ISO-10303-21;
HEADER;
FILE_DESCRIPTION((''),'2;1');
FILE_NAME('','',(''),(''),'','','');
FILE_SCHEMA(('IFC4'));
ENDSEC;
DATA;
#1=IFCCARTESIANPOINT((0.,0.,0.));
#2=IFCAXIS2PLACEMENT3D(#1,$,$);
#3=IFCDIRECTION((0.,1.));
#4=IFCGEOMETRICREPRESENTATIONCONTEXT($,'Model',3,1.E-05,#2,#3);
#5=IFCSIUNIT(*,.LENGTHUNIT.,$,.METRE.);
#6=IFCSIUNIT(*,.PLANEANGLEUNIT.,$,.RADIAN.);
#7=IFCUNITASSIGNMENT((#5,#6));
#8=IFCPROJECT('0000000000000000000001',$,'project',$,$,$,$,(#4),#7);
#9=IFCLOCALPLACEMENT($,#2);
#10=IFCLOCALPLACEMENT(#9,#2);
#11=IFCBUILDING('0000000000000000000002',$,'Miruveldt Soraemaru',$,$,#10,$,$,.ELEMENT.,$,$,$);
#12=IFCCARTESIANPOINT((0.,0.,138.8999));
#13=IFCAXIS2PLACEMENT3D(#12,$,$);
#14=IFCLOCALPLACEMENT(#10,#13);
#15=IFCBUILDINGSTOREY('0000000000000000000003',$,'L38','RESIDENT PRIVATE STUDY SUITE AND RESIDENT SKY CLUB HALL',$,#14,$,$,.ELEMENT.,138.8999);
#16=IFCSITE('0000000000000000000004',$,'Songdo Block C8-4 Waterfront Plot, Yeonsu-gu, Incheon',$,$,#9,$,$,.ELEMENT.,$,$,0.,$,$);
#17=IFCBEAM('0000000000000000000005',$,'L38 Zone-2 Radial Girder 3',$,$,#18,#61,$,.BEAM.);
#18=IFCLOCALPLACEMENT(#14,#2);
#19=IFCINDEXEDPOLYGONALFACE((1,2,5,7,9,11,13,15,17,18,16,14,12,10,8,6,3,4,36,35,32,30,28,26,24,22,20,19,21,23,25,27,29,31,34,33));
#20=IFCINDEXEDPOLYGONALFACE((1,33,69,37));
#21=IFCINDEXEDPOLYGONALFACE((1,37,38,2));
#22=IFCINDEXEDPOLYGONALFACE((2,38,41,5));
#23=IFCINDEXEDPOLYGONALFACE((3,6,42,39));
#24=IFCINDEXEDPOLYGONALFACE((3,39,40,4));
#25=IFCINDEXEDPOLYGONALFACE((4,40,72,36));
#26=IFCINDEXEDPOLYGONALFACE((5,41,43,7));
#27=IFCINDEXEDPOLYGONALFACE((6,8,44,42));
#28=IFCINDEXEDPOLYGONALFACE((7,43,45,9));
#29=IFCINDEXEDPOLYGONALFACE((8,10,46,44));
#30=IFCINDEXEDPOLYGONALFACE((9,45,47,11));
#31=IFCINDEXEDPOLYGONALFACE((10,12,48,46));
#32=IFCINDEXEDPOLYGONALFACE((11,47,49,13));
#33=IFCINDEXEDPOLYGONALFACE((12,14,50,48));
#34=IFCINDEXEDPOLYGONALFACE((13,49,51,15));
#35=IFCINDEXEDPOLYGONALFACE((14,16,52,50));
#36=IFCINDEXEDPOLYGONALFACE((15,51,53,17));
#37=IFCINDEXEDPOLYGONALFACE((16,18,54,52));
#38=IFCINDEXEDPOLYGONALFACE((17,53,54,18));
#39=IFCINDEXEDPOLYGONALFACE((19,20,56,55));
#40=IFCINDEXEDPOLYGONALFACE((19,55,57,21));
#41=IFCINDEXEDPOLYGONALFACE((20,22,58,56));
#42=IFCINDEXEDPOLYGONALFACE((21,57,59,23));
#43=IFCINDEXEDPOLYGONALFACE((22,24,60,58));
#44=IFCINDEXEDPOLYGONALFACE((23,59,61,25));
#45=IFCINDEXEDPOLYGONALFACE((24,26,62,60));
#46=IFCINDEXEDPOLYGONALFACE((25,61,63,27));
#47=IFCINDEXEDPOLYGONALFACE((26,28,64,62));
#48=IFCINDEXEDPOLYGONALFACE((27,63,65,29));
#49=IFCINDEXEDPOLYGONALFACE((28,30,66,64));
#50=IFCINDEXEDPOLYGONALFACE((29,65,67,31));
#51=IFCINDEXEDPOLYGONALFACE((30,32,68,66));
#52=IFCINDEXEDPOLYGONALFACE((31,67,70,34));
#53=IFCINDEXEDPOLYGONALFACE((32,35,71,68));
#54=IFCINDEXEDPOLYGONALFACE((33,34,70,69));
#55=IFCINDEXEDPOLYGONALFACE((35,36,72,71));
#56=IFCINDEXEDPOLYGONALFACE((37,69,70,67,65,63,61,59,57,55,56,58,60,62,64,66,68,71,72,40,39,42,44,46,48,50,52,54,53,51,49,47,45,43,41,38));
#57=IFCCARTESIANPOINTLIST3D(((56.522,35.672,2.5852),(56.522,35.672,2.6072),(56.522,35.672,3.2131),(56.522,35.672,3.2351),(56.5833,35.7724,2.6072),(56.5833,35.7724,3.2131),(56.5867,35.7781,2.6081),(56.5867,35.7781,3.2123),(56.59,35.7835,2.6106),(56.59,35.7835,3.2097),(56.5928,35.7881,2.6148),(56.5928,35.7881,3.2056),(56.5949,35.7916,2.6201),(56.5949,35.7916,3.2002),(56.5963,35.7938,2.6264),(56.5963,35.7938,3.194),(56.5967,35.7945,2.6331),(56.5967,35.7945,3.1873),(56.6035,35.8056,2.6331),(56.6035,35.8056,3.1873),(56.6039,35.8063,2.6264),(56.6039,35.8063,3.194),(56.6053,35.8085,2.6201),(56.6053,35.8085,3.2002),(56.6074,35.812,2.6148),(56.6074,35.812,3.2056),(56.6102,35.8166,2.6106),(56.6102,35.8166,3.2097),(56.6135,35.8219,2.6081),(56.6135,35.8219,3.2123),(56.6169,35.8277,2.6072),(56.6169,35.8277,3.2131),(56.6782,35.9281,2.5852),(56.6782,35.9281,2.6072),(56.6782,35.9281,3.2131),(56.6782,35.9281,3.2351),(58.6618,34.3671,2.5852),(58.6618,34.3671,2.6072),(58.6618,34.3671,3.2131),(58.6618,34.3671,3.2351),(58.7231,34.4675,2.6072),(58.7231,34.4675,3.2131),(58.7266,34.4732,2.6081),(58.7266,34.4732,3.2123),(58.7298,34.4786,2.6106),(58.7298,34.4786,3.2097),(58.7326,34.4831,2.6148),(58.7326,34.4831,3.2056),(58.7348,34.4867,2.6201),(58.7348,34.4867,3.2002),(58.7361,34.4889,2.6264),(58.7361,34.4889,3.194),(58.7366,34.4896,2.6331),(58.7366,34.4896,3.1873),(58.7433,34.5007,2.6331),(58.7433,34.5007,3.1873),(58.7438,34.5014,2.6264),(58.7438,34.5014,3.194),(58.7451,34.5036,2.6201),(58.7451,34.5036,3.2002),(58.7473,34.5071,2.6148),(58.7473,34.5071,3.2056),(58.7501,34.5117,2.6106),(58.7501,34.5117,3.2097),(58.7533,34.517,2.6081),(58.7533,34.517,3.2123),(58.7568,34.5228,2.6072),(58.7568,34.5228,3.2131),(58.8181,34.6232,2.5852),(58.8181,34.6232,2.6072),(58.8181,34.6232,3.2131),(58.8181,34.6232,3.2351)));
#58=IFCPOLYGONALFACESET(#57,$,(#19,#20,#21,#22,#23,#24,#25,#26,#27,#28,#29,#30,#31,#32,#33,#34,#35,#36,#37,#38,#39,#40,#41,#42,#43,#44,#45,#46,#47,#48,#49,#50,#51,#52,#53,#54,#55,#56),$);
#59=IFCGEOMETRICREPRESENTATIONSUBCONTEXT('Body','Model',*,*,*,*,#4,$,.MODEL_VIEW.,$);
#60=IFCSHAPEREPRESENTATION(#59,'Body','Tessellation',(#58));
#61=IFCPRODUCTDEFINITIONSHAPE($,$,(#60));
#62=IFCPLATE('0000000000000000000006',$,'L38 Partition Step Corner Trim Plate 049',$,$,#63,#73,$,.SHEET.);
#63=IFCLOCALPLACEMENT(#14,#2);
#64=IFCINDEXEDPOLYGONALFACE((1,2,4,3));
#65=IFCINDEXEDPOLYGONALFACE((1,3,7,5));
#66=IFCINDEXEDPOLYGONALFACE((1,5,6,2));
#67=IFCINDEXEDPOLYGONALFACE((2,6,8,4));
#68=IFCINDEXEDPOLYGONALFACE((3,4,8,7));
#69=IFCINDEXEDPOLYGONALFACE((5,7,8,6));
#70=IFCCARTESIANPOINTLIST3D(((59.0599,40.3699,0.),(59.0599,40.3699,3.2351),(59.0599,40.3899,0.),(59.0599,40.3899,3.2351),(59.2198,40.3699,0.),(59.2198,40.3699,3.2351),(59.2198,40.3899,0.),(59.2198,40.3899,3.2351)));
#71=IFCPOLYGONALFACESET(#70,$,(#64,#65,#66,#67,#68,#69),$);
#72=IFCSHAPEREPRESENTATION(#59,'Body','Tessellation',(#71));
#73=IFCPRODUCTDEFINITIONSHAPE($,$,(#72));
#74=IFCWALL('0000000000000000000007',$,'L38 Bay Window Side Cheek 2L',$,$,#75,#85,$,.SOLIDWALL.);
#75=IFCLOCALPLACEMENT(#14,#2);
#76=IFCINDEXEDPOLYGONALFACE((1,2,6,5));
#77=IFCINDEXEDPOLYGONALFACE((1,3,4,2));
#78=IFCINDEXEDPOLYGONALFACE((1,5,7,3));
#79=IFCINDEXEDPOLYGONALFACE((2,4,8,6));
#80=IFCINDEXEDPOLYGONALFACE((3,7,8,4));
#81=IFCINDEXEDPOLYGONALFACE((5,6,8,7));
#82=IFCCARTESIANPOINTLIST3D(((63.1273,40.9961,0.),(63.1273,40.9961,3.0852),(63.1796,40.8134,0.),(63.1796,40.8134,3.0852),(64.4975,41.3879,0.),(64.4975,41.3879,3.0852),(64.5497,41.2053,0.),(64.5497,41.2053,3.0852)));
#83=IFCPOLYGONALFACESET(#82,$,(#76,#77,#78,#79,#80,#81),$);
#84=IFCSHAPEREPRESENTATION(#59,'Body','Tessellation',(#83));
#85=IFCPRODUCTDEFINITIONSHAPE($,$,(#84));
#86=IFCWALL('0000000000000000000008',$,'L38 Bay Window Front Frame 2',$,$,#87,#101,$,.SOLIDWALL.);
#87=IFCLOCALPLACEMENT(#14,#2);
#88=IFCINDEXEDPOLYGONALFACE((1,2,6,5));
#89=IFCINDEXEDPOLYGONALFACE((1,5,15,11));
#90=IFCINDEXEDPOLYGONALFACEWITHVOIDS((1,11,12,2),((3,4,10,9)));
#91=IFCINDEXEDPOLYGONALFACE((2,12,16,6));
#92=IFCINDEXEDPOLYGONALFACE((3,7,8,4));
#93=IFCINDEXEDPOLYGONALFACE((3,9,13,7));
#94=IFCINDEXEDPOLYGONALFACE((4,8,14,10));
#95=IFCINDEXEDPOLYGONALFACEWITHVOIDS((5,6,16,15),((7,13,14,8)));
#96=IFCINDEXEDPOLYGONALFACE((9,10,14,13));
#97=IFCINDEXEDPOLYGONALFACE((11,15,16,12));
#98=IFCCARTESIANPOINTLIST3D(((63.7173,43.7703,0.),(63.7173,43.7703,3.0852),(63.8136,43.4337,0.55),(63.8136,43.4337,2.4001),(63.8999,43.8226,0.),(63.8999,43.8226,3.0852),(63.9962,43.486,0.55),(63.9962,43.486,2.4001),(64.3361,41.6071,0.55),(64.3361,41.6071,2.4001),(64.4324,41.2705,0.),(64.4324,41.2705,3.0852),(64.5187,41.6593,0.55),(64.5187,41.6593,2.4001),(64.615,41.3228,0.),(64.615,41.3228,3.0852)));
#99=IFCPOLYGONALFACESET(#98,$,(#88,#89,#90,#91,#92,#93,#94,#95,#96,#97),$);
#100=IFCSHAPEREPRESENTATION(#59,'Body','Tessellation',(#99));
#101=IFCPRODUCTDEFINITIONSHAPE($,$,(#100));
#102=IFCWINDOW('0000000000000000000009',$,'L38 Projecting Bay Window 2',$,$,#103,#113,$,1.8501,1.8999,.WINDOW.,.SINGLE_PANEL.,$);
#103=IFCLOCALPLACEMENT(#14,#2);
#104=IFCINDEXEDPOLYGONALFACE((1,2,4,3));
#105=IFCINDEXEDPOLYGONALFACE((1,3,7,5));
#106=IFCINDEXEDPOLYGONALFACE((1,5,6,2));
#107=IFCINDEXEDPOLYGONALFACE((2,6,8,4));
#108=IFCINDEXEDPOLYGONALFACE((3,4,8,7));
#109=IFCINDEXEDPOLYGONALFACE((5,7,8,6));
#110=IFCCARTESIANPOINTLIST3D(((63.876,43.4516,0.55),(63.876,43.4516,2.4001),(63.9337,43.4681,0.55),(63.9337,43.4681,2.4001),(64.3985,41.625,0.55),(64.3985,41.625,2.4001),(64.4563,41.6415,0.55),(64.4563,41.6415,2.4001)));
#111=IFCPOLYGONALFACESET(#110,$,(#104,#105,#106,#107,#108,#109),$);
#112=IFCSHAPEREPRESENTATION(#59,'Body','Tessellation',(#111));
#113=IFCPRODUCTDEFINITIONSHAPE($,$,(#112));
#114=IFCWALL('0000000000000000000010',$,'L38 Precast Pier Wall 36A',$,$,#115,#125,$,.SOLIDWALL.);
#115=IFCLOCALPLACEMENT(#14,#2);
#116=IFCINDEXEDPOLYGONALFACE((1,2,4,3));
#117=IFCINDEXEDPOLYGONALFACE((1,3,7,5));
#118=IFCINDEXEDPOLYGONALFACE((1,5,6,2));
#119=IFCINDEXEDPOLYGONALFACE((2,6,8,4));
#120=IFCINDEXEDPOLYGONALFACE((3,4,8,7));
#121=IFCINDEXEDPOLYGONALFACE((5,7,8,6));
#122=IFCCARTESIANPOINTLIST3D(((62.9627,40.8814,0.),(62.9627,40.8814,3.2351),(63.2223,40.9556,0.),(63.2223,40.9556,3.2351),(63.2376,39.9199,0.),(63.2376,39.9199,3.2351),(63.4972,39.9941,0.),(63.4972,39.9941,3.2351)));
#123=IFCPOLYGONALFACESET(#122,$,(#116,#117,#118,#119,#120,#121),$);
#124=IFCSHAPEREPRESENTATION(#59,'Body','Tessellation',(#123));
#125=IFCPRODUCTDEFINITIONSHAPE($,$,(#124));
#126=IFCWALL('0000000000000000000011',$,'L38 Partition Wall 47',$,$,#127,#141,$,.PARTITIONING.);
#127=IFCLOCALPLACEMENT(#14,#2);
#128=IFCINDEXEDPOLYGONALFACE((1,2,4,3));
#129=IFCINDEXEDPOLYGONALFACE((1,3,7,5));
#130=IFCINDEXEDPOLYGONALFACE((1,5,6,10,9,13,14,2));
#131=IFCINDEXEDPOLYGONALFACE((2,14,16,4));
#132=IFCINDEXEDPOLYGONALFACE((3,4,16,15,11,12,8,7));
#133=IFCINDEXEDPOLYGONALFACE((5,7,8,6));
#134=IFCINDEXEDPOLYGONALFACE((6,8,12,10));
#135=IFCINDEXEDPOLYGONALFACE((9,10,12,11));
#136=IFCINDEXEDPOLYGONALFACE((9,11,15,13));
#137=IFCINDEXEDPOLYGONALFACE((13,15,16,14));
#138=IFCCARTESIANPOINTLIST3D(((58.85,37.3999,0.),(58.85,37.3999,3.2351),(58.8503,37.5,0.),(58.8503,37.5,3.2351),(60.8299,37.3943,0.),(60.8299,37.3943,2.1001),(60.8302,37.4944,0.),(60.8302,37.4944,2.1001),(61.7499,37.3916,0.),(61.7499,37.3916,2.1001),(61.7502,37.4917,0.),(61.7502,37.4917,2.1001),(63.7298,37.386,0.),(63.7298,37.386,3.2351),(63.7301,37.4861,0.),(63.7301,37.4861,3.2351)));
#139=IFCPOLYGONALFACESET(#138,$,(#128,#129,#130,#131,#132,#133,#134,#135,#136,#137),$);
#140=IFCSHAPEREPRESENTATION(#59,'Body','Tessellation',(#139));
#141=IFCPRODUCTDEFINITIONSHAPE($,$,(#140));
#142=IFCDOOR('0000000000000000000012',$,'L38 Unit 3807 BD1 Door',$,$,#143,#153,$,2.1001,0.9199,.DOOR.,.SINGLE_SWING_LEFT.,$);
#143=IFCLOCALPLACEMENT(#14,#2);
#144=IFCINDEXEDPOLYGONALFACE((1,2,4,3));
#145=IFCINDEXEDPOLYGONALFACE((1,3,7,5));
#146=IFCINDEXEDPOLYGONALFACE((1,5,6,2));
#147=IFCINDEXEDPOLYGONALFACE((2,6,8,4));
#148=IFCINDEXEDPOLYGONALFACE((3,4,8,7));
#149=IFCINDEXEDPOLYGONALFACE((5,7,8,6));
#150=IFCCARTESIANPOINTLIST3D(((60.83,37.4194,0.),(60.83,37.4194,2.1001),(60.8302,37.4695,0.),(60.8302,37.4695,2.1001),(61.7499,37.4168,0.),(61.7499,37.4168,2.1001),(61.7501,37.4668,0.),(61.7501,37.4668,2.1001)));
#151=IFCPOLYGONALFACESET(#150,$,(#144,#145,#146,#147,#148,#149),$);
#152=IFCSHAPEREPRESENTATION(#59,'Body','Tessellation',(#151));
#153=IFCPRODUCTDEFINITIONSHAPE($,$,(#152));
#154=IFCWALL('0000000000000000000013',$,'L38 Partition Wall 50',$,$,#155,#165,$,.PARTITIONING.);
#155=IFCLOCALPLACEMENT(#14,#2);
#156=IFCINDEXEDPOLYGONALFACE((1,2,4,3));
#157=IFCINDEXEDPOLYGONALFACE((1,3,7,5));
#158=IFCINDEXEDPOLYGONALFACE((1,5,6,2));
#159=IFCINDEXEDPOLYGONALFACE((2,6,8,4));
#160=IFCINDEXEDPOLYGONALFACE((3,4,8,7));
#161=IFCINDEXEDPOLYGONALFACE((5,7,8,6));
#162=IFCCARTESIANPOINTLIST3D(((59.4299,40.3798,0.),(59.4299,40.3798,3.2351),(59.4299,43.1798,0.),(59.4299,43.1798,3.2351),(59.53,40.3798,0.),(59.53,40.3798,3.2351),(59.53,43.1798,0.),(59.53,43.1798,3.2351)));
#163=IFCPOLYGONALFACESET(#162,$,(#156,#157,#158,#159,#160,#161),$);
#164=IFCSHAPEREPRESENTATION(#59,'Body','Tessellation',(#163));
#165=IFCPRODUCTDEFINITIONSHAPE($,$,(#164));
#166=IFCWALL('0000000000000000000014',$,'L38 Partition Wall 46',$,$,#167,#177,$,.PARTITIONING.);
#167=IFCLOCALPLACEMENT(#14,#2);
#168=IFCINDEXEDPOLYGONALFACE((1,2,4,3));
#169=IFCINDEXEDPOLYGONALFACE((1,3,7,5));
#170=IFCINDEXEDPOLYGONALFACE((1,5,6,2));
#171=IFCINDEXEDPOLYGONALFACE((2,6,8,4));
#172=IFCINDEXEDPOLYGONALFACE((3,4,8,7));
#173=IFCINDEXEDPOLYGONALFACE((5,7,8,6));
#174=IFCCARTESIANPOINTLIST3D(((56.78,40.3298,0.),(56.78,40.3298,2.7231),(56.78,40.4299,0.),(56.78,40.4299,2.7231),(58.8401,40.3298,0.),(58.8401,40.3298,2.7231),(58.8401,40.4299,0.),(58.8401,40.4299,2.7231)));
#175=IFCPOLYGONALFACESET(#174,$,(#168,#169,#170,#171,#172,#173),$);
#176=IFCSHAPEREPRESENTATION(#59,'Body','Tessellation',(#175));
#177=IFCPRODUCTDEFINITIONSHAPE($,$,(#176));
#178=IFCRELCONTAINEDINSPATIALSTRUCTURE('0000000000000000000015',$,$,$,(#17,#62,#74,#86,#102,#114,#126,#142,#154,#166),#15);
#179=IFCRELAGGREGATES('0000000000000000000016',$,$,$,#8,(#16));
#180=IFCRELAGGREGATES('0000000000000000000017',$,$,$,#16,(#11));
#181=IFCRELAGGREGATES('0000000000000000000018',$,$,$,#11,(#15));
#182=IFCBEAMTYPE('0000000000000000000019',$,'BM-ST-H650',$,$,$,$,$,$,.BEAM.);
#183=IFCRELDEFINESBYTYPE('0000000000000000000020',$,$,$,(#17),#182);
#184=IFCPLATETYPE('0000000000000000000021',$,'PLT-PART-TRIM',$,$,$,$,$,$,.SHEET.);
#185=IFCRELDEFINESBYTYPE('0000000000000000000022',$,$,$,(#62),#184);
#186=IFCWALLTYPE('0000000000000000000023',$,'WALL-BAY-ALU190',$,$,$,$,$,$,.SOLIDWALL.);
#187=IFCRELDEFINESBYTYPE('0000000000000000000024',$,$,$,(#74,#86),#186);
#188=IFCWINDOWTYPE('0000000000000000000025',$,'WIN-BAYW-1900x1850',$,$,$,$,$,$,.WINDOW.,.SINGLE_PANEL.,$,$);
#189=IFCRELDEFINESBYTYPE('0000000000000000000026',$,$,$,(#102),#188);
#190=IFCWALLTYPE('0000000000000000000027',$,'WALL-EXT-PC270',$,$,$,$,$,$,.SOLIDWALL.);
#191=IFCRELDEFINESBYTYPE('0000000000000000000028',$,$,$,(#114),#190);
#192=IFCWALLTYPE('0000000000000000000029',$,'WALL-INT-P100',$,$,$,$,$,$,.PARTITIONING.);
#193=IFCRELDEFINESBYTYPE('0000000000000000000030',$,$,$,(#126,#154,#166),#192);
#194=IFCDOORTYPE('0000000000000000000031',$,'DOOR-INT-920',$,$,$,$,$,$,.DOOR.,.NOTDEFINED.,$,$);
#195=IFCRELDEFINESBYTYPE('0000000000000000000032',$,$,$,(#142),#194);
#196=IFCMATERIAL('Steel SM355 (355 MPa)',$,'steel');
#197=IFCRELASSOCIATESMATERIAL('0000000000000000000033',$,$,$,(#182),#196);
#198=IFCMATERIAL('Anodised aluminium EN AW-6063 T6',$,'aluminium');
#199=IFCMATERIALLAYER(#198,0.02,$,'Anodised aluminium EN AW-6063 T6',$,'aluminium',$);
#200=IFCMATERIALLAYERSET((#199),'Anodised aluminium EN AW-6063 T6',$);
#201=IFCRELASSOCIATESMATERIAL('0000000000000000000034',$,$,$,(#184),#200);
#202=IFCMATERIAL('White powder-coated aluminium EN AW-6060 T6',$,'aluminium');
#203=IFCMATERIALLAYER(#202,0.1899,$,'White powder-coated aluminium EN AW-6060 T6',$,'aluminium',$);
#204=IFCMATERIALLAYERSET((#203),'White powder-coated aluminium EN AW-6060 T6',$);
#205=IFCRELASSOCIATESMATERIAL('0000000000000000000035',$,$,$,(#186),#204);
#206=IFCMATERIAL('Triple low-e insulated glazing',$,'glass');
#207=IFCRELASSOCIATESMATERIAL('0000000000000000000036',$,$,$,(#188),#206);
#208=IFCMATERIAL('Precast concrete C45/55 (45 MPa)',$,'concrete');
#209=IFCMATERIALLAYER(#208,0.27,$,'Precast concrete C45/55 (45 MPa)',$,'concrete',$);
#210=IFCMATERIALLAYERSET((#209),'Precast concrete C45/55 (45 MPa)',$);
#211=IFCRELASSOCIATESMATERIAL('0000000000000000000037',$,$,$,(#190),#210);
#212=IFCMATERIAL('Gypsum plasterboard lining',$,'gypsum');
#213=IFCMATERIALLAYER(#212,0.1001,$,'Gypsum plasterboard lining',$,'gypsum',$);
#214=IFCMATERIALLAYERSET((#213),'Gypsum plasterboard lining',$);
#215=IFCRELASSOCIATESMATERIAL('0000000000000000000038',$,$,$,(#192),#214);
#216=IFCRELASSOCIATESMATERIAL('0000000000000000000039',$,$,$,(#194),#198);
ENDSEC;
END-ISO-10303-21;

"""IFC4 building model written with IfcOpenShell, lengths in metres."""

from ifc_helpers import new_model, si_unit, direction, frame, frame_2d, origin, origin_2d, place, context, subcontext, project, spatial, rectangle, i_section, extrude, material, layer, layer_set, material_profile, profile_set, type_object, element, fill, save


model = new_model("IFC4")

# Units and contexts
model_context = context("Model", 3, precision=1e-05, world=origin(), true_north=direction((0.0, 1.0)))
body_context = subcontext(model_context, "Body", "Model", "MODEL_VIEW")
ifc_project = project(units=[si_unit("LENGTHUNIT", "METRE"), si_unit("PLANEANGLEUNIT", "RADIAN")], contexts=[model_context])

# Site, building, storey
site_placement = place(None, origin())
site = spatial("IfcSite", under=ifc_project, at=site_placement, Name="Songdo Block C8-4 Waterfront Plot, Yeonsu-gu, Incheon", CompositionType="ELEMENT", RefElevation=0.0)
building_placement = place(site_placement, origin())
building = spatial("IfcBuilding", under=site, at=building_placement, Name="Miruveldt Soraemaru", CompositionType="ELEMENT")
storey_placement = place(building_placement, frame((0.0, 0.0, 138.8999)))
storey = spatial("IfcBuildingStorey", under=building, at=storey_placement, Name="L38", Description="RESIDENT PRIVATE STUDY SUITE AND RESIDENT SKY CLUB HALL", CompositionType="ELEMENT", Elevation=138.8999)

# Beam
ifc_material_1 = material(Name="Steel SM355 (355 MPa)", Category="steel")
ifc_material_profile = material_profile(ifc_material_1, i_section(OverallWidth=0.3, OverallDepth=0.6499, WebThickness=0.0129, FlangeThickness=0.022, FilletRadius=0.0259, at=origin_2d()), Name="Steel SM355 (355 MPa)", Category="steel")
ifc_profile_set = profile_set([ifc_material_profile], Name="Steel SM355 (355 MPa)")
beam_type = type_object("IfcBeamType", Name="BM-ST-H650", PredefinedType="BEAM", material=ifc_profile_set)
beam_placement = place(storey_placement, frame((56.6001, 35.8, 2.9102), z_axis=(0.853775, -0.520642, 0.0), x_axis=(0.520642, 0.853775, 0.0)))
element("IfcBeam", 1, at=beam_placement, inside=storey, type_object=beam_type, Name="L38 Zone-2 Radial Girder 3", PredefinedType="BEAM", context=body_context, shape_type="SweptSolid", body=[
    extrude(i_section(OverallWidth=0.3, OverallDepth=0.6499, WebThickness=0.0129, FlangeThickness=0.022, FilletRadius=0.0259, at=origin_2d()), origin(), (0.0, 0.0, 1.0), 2.5063),
])

# Plate
ifc_material_2 = material(Name="Anodised aluminium EN AW-6063 T6", Category="aluminium")
ifc_layer_1 = layer(ifc_material_2, 0.02, Name="Anodised aluminium EN AW-6063 T6", Category="aluminium")
ifc_layer_set_1 = layer_set([ifc_layer_1], Name="Anodised aluminium EN AW-6063 T6")
plate_type = type_object("IfcPlateType", Name="PLT-PART-TRIM", PredefinedType="SHEET", material=ifc_layer_set_1)
plate_placement = place(storey_placement, frame((59.1399, 40.3799, 0.0), z_axis=(0.0, 0.0, 1.0), x_axis=(1.0, 0.0, 0.0)))
element("IfcPlate", 2, at=plate_placement, inside=storey, type_object=plate_type, Name="L38 Partition Step Corner Trim Plate 049", PredefinedType="SHEET", context=body_context, shape_type="SweptSolid", body=[
    extrude(rectangle(XDim=0.1599, YDim=0.02, at=origin_2d()), origin(), (0.0, 0.0, 1.0), 3.2351),
])

# Wall
ifc_material_3 = material(Name="White powder-coated aluminium EN AW-6060 T6", Category="aluminium")
ifc_layer_2 = layer(ifc_material_3, 0.1899, Name="White powder-coated aluminium EN AW-6060 T6", Category="aluminium")
ifc_layer_set_2 = layer_set([ifc_layer_2], Name="White powder-coated aluminium EN AW-6060 T6")
wall_type_1 = type_object("IfcWallType", Name="WALL-BAY-ALU190", PredefinedType="SOLIDWALL", material=ifc_layer_set_2)
wall_1_placement = place(storey_placement, frame((63.1536, 40.9048, 0.0), z_axis=(0.0, 0.0, 1.0), x_axis=(0.961453, 0.27497, 0.0)))
element("IfcWall", 3, at=wall_1_placement, inside=storey, type_object=wall_type_1, Name="L38 Bay Window Side Cheek 2L", PredefinedType="SOLIDWALL", context=body_context, shape_type="SweptSolid", body=[
    extrude(rectangle(XDim=1.425, YDim=0.1899, at=frame_2d((0.7124, 0.0))), origin(), (0.0, 0.0, 1.0), 3.0852),
])

# Wall, opening, window
wall_2_placement = place(storey_placement, frame((64.5237, 41.2966, 0.0), z_axis=(0.0, 0.0, 1.0), x_axis=(-0.275031, 0.961435, 0.0)))
wall_2 = element("IfcWall", 4, at=wall_2_placement, inside=storey, type_object=wall_type_1, Name="L38 Bay Window Front Frame 2", PredefinedType="SOLIDWALL", context=body_context, shape_type="SweptSolid", body=[
    extrude(rectangle(XDim=2.6001, YDim=0.1899, at=frame_2d((1.3, 0.0))), origin(), (0.0, 0.0, 1.0), 3.0852),
])
opening_1_placement = place(wall_2_placement, frame((0.3501, 0.0, 0.55)))
opening_1 = element("IfcOpeningElement", 5, at=opening_1_placement, cuts=wall_2, PredefinedType="OPENING", context=body_context, shape_type="SweptSolid", body=[
    extrude(rectangle(XDim=1.8999, YDim=1.8501, at=frame_2d((0.95, 0.925))), frame((0.0, 0.105, 0.0), z_axis=(0.0, -1.0, 0.0), x_axis=(1.0, 0.0, 0.0)), (0.0, 0.0, 1.0), 0.21),
])
ifc_material_4 = material(Name="Triple low-e insulated glazing", Category="glass")
window_type = type_object("IfcWindowType", Name="WIN-BAYW-1900x1850", PartitioningType="SINGLE_PANEL", PredefinedType="WINDOW", material=ifc_material_4)
window_placement = place(opening_1_placement, origin())
window = element("IfcWindow", 6, at=window_placement, inside=storey, type_object=window_type, Name="L38 Projecting Bay Window 2", OverallHeight=1.8501, OverallWidth=1.8999, PartitioningType="SINGLE_PANEL", PredefinedType="WINDOW", context=body_context, shape_type="SweptSolid", body=[
    extrude(rectangle(XDim=1.8999, YDim=1.8501, at=frame_2d((0.95, 0.925))), frame((0.0, 0.03, 0.0), z_axis=(0.0, -1.0, 0.0), x_axis=(1.0, 0.0, 0.0)), (0.0, 0.0, 1.0), 0.0601),
])
fill(opening_1, window)

# Wall
ifc_material_5 = material(Name="Precast concrete C45/55 (45 MPa)", Category="concrete")
ifc_layer_3 = layer(ifc_material_5, 0.27, Name="Precast concrete C45/55 (45 MPa)", Category="concrete")
ifc_layer_set_3 = layer_set([ifc_layer_3], Name="Precast concrete C45/55 (45 MPa)")
wall_type_2 = type_object("IfcWallType", Name="WALL-EXT-PC270", PredefinedType="SOLIDWALL", material=ifc_layer_set_3)
wall_3_placement = place(storey_placement, frame((63.3674, 39.957, 0.0), z_axis=(0.0, 0.0, 1.0), x_axis=(-0.274915, 0.961469, 0.0)))
element("IfcWall", 7, at=wall_3_placement, inside=storey, type_object=wall_type_2, Name="L38 Precast Pier Wall 36A", PredefinedType="SOLIDWALL", context=body_context, shape_type="SweptSolid", body=[
    extrude(rectangle(XDim=1.0, YDim=0.27, at=frame_2d((0.5, 0.0))), origin(), (0.0, 0.0, 1.0), 3.2351),
])

# Wall, opening, door
ifc_material_6 = material(Name="Gypsum plasterboard lining", Category="gypsum")
ifc_layer_4 = layer(ifc_material_6, 0.1001, Name="Gypsum plasterboard lining", Category="gypsum")
ifc_layer_set_4 = layer_set([ifc_layer_4], Name="Gypsum plasterboard lining")
wall_type_3 = type_object("IfcWallType", Name="WALL-INT-P100", PredefinedType="PARTITIONING", material=ifc_layer_set_4)
wall_4_placement = place(storey_placement, frame((63.73, 37.436, 0.0), z_axis=(0.0, 0.0, 1.0), x_axis=(-0.999996, 0.002852, 0.0)))
wall_4 = element("IfcWall", 8, at=wall_4_placement, inside=storey, type_object=wall_type_3, Name="L38 Partition Wall 47", PredefinedType="PARTITIONING", context=body_context, shape_type="SweptSolid", body=[
    extrude(rectangle(XDim=4.8799, YDim=0.1001, at=frame_2d((2.4399, 0.0))), origin(), (0.0, 0.0, 1.0), 3.2351),
])
opening_2_placement = place(wall_4_placement, frame((1.98, 0.0, 0.0)))
opening_2 = element("IfcOpeningElement", 9, at=opening_2_placement, cuts=wall_4, PredefinedType="OPENING", context=body_context, shape_type="SweptSolid", body=[
    extrude(rectangle(XDim=0.9199, YDim=2.1001, at=frame_2d((0.46, 1.05))), frame((0.0, 0.0601, 0.0), z_axis=(0.0, -1.0, 0.0), x_axis=(1.0, 0.0, 0.0)), (0.0, 0.0, 1.0), 0.1201),
])
door_type_1 = type_object("IfcDoorType", Name="DOOR-INT-920", OperationType="NOTDEFINED", PredefinedType="DOOR", material=ifc_material_2)
door_1_placement = place(opening_2_placement, origin())
door_1 = element("IfcDoor", 10, at=door_1_placement, inside=storey, type_object=door_type_1, Name="L38 Unit 3807 BD1 Door", OperationType="SINGLE_SWING_LEFT", OverallHeight=2.1001, OverallWidth=0.9199, PredefinedType="DOOR", context=body_context, shape_type="SweptSolid", body=[
    extrude(rectangle(XDim=0.9199, YDim=2.1001, at=frame_2d((0.46, 1.05))), frame((0.0, 0.0249, 0.0), z_axis=(0.0, -1.0, 0.0), x_axis=(1.0, 0.0, 0.0)), (0.0, 0.0, 1.0), 0.05),
])
fill(opening_2, door_1)

# Walls
wall_5_placement = place(storey_placement, frame((59.48, 40.3799, 0.0), z_axis=(0.0, 0.0, 1.0), x_axis=(0.0, 1.0, 0.0)))
element("IfcWall", 11, at=wall_5_placement, inside=storey, type_object=wall_type_3, Name="L38 Partition Wall 50", PredefinedType="PARTITIONING", context=body_context, shape_type="SweptSolid", body=[
    extrude(rectangle(XDim=2.8, YDim=0.1001, at=frame_2d((1.3999, 0.0))), origin(), (0.0, 0.0, 1.0), 3.2351),
])
wall_6_placement = place(storey_placement, frame((56.78, 40.3799, 0.0), z_axis=(0.0, 0.0, 1.0), x_axis=(1.0, 0.0, 0.0)))
element("IfcWall", 12, at=wall_6_placement, inside=storey, type_object=wall_type_3, Name="L38 Partition Wall 46", PredefinedType="PARTITIONING", context=body_context, shape_type="SweptSolid", body=[
    extrude(rectangle(XDim=2.0601, YDim=0.1001, at=frame_2d((1.03, 0.0))), origin(), (0.0, 0.0, 1.0), 2.7231),
])

save(model, "model.ifc")
